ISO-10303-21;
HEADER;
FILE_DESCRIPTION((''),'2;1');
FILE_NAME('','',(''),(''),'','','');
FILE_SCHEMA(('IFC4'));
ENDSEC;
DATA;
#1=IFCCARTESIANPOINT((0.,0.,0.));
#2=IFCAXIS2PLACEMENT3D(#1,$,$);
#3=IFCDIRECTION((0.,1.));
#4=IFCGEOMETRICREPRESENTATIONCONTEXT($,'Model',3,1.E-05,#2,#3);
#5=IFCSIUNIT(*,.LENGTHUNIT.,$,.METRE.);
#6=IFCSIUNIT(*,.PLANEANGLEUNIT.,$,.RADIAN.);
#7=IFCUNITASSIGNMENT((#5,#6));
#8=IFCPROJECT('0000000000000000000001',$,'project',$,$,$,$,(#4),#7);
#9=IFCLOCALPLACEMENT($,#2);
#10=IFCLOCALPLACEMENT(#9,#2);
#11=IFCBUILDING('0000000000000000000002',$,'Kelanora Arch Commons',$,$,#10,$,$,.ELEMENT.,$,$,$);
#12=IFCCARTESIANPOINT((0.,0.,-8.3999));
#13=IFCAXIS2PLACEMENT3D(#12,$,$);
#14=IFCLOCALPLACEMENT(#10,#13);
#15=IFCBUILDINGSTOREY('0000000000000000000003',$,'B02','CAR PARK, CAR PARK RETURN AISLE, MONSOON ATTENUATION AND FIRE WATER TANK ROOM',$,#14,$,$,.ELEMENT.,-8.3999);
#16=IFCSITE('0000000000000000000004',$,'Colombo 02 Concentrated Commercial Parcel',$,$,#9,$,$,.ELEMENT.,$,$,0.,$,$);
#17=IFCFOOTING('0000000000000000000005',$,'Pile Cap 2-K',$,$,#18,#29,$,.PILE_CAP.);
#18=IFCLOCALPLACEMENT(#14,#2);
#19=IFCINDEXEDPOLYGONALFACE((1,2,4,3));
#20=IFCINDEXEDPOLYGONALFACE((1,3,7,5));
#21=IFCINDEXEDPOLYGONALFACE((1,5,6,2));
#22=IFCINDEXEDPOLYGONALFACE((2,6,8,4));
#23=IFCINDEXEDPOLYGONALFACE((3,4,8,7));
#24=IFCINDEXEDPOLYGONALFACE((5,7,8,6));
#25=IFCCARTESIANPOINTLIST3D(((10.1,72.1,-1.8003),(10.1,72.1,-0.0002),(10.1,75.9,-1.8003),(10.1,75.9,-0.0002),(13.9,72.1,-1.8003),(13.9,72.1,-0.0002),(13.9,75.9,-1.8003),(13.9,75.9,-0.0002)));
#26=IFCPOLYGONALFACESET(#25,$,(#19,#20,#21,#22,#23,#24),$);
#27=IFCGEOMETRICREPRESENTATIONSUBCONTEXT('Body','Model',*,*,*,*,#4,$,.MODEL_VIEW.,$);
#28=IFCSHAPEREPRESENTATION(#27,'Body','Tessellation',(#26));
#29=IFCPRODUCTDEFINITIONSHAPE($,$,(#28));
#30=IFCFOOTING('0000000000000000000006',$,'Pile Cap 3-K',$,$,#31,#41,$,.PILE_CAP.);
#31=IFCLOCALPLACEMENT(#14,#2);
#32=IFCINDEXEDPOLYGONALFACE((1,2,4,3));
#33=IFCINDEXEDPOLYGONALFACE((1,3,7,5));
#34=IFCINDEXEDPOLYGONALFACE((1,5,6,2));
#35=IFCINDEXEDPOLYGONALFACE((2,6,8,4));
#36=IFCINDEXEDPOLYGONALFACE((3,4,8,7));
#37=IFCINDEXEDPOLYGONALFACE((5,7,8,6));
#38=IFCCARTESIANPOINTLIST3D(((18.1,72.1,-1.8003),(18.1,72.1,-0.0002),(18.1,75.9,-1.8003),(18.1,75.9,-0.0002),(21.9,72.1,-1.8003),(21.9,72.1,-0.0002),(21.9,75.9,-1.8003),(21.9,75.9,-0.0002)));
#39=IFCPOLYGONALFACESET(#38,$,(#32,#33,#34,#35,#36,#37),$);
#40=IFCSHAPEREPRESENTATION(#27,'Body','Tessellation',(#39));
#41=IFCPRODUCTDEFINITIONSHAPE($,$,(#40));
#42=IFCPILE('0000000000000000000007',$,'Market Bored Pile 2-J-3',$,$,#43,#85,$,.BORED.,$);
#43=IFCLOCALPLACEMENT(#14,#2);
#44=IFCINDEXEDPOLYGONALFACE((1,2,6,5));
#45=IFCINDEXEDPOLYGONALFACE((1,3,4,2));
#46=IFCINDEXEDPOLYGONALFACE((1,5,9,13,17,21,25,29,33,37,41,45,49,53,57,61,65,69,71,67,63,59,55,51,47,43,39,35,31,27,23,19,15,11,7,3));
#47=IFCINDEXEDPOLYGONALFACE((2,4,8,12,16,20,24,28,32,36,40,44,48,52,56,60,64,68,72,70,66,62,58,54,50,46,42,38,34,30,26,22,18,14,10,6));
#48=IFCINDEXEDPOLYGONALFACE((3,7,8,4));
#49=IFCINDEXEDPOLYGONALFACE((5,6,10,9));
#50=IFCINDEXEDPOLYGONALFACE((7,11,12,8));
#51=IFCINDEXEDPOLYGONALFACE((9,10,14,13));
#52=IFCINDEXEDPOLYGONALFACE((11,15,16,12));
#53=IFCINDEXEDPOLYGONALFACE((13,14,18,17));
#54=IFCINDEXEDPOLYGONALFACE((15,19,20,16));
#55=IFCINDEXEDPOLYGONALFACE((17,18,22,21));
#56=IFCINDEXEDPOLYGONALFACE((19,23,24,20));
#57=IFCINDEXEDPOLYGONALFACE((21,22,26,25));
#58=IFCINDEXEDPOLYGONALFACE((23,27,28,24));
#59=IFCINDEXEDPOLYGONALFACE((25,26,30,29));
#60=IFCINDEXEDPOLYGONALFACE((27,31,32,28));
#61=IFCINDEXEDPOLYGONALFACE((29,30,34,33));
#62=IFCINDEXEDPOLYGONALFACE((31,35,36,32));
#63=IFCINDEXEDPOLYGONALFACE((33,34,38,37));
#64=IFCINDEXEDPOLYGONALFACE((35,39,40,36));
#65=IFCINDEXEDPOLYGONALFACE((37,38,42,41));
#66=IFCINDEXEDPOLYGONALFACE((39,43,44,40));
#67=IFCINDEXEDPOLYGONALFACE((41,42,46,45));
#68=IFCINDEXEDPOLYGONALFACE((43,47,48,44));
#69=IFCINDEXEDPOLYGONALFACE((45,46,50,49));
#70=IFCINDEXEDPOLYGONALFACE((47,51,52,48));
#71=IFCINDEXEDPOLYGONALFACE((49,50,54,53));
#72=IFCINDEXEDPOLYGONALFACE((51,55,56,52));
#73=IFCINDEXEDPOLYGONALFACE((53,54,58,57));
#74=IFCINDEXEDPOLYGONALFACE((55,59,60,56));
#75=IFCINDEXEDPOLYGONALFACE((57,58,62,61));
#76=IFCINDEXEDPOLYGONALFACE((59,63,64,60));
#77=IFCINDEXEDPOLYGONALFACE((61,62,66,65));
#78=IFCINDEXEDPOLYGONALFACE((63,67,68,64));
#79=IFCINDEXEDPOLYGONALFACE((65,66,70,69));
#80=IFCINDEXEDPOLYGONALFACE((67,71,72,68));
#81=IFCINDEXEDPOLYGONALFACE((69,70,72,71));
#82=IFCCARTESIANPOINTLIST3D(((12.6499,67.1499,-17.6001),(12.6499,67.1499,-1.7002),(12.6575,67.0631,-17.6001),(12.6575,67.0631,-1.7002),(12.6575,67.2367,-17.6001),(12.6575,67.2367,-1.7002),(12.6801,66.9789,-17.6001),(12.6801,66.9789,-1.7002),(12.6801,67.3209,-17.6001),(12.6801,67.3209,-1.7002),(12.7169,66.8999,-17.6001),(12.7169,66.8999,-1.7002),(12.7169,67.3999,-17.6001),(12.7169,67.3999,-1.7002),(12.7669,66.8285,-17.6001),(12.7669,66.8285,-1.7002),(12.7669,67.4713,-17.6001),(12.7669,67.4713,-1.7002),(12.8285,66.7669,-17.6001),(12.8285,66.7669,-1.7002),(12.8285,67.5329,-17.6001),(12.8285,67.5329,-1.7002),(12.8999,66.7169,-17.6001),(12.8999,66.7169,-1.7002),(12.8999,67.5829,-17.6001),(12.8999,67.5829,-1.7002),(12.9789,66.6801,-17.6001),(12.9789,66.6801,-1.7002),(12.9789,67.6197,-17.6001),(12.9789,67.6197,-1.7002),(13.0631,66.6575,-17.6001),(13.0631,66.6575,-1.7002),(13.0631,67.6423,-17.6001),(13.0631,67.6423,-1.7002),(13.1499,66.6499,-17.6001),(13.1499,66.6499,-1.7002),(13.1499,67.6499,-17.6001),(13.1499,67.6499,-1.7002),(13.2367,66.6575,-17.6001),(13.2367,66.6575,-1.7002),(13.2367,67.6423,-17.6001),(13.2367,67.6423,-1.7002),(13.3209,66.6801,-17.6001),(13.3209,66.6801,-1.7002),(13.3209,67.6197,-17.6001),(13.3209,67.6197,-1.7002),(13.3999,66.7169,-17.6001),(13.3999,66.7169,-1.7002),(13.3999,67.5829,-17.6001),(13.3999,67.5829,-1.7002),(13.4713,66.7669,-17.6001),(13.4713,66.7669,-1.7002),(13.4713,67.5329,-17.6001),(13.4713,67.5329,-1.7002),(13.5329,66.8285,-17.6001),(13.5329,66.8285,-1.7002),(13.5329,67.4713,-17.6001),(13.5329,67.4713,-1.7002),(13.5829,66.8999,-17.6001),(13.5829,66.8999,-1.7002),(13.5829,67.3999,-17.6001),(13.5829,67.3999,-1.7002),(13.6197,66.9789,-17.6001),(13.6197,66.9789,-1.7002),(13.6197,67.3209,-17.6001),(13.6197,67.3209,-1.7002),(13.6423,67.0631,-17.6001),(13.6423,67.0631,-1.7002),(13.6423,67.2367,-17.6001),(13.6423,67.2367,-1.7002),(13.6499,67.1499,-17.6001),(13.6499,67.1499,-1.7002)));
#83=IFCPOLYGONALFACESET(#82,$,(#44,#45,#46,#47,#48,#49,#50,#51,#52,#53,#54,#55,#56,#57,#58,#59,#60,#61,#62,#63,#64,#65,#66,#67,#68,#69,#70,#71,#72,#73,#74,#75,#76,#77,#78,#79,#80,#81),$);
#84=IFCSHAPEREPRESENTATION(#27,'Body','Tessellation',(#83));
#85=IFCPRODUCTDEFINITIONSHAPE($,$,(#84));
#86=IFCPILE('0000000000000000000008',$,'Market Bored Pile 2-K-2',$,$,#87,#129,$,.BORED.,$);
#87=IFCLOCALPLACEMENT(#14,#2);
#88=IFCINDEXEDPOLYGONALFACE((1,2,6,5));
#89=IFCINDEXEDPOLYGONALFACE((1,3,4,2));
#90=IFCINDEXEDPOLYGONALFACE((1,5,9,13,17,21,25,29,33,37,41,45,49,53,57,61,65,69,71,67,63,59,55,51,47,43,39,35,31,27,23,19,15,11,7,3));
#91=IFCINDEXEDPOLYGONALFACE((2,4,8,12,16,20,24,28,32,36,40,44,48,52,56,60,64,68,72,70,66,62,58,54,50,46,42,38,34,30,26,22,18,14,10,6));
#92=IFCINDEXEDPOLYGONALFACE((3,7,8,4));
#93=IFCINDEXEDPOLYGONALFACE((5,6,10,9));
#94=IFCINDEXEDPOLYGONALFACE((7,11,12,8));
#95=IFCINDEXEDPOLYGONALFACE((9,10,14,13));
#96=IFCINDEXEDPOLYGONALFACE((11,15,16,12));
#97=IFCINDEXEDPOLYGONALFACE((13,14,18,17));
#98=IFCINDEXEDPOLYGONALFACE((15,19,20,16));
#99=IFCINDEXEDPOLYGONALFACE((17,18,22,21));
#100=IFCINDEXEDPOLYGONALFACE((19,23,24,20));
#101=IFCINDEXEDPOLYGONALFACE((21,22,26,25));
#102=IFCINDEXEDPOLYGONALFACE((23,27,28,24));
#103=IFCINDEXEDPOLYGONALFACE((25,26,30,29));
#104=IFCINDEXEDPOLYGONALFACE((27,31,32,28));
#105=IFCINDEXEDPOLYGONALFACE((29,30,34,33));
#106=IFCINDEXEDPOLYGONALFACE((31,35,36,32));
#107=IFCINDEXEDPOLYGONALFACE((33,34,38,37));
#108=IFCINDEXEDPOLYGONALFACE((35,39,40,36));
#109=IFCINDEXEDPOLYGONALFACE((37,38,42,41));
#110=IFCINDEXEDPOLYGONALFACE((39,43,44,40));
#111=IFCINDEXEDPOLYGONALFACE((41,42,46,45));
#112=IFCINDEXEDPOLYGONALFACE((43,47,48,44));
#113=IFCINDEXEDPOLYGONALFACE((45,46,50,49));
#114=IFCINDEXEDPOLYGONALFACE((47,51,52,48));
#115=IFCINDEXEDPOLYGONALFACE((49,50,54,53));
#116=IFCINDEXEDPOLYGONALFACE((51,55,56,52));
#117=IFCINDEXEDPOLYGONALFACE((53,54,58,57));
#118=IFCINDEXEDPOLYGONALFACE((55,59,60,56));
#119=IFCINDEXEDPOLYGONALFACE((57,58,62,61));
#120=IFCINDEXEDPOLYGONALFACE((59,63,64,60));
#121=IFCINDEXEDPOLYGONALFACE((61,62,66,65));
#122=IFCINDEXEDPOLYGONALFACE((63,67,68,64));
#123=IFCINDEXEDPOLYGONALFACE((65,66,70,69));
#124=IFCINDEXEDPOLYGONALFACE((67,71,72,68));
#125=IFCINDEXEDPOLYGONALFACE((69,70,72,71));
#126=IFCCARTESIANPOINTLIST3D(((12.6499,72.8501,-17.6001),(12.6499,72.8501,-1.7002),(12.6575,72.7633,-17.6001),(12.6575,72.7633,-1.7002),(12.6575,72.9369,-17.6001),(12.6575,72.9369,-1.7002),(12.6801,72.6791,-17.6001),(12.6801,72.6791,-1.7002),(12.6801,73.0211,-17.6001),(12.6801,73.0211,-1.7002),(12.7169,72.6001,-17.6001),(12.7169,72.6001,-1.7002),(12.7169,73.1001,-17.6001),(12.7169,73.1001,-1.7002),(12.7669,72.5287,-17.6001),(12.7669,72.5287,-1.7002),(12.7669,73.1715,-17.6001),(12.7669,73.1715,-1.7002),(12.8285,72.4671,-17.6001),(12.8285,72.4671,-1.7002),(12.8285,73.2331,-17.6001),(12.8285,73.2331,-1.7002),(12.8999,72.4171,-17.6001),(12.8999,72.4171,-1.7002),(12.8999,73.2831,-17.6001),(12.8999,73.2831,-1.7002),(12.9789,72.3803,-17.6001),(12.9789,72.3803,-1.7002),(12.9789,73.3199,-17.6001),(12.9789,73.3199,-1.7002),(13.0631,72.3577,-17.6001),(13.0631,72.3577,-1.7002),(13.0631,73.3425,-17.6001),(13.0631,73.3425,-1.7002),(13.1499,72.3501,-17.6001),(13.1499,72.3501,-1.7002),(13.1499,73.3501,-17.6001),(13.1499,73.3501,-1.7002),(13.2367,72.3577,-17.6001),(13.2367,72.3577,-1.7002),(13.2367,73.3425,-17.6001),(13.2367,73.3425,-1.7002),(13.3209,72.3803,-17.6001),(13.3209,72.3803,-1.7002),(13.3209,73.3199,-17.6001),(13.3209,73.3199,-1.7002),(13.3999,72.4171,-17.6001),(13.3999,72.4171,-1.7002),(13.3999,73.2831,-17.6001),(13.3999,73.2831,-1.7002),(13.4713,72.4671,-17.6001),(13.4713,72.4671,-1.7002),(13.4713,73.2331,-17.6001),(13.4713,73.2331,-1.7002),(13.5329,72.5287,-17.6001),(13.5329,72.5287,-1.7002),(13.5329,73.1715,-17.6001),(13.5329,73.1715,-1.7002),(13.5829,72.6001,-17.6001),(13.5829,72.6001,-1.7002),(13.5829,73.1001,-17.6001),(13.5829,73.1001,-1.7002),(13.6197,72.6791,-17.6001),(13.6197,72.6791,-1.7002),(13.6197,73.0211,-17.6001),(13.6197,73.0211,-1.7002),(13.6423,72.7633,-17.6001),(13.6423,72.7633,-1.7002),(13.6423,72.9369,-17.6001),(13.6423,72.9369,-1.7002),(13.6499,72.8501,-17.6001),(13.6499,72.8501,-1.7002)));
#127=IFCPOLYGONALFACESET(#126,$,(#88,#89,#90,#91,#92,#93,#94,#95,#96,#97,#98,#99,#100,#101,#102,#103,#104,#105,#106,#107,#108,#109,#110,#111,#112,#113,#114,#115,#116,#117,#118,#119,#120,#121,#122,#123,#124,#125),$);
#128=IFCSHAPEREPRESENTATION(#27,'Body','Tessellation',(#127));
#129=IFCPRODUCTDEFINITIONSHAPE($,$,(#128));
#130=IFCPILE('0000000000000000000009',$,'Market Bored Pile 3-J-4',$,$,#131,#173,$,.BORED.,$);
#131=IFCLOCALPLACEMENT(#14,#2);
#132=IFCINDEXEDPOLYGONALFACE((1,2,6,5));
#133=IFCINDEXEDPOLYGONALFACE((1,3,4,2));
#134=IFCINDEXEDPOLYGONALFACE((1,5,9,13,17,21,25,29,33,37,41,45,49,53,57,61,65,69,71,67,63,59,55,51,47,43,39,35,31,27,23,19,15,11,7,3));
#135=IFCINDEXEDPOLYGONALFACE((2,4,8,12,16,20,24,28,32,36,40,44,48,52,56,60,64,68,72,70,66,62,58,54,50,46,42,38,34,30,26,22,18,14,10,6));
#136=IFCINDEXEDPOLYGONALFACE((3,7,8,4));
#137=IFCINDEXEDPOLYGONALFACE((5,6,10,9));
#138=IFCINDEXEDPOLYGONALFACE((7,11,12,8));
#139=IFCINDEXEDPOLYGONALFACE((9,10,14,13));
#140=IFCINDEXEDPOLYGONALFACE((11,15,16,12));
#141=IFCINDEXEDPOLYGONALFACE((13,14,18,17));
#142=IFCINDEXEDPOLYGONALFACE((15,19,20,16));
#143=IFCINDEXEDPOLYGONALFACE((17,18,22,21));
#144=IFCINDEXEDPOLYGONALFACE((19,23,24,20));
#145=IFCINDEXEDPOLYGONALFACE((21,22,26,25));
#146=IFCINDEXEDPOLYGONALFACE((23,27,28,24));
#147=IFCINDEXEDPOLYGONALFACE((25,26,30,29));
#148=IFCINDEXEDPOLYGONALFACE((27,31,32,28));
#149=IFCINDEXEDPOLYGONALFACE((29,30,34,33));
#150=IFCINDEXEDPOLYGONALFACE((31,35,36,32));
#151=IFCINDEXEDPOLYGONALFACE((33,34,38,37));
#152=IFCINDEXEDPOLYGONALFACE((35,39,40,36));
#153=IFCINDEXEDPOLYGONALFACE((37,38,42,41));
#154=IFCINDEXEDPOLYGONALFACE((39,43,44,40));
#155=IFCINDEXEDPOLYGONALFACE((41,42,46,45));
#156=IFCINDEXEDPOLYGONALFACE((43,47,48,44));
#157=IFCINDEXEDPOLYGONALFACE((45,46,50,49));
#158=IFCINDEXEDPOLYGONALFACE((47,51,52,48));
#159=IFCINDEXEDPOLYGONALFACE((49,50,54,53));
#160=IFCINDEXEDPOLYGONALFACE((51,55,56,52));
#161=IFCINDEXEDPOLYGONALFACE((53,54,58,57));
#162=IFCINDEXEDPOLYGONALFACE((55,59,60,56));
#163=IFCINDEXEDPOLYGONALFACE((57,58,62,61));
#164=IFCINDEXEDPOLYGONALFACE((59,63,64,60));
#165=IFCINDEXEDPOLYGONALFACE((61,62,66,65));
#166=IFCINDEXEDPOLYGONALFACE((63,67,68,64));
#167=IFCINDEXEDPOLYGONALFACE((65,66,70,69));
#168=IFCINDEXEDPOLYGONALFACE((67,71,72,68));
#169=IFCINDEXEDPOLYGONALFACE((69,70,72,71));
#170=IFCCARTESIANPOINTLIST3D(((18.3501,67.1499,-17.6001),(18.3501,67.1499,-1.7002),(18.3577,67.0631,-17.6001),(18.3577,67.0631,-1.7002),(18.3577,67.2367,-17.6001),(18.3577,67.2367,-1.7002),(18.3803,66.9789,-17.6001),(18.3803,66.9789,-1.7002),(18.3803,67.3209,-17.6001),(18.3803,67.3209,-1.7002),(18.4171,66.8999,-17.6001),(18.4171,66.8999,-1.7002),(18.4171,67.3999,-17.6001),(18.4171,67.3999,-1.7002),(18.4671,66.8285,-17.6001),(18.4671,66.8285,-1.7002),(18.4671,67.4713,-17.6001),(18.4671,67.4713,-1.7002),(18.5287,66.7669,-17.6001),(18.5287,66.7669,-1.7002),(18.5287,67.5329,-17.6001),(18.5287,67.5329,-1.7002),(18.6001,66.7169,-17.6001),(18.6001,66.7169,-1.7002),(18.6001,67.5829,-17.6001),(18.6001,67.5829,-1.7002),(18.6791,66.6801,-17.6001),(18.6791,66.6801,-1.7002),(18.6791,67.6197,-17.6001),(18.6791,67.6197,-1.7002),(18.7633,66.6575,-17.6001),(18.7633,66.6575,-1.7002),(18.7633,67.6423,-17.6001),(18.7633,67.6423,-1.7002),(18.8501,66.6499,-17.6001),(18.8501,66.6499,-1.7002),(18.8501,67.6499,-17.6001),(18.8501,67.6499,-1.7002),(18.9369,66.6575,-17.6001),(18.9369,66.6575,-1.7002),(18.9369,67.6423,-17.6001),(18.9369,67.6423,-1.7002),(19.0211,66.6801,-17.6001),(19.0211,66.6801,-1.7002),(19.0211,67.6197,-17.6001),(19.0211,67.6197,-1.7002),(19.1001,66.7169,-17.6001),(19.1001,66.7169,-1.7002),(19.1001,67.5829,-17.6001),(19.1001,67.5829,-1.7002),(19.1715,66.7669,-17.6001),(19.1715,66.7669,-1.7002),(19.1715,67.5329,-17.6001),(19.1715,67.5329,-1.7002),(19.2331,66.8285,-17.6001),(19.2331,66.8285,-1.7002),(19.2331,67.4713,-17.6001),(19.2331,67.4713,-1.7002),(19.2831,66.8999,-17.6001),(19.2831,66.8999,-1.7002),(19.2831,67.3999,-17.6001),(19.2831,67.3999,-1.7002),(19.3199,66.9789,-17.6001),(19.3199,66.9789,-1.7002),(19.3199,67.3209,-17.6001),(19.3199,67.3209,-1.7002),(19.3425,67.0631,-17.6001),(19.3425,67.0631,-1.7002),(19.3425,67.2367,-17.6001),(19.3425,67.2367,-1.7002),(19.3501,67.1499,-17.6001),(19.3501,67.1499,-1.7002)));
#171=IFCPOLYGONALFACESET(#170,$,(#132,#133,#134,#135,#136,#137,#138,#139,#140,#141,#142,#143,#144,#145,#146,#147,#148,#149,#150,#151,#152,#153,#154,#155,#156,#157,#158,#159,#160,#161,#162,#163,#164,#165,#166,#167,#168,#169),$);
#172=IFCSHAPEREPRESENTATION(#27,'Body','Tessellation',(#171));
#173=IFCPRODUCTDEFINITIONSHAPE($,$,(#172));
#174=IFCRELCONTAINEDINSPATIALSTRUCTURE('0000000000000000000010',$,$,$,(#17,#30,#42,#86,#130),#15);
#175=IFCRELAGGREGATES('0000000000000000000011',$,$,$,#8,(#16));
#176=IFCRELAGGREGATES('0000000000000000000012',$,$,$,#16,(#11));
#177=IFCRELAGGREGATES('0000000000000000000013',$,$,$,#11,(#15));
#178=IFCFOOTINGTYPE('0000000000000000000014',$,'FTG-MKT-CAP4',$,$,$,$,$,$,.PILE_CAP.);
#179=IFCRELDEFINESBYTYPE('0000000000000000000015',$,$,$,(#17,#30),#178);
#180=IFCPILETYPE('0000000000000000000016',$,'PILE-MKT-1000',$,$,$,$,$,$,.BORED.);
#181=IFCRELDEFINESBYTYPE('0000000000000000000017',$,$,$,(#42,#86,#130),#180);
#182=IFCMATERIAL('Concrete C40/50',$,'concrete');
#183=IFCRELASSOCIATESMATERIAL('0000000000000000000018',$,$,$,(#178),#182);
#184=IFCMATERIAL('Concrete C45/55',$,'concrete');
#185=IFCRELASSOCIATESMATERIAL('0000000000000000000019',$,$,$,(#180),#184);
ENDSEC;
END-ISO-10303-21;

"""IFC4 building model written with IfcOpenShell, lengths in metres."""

from ifc_helpers import new_model, si_unit, direction, frame, origin, origin_2d, place, context, subcontext, project, spatial, rectangle, circle, extrude, source, transform, mapped, material, material_profile, profile_set, type_object, element, save


model = new_model("IFC4")

# Units and contexts
model_context = context("Model", 3, precision=1e-05, world=origin(), true_north=direction((0.0, 1.0)))
body_context = subcontext(model_context, "Body", "Model", "MODEL_VIEW")
ifc_project = project(units=[si_unit("LENGTHUNIT", "METRE"), si_unit("PLANEANGLEUNIT", "RADIAN")], contexts=[model_context])

# Site, building, storey
site_placement = place(None, origin())
site = spatial("IfcSite", under=ifc_project, at=site_placement, Name="Colombo 02 Concentrated Commercial Parcel", CompositionType="ELEMENT", RefElevation=0.0)
building_placement = place(site_placement, origin())
building = spatial("IfcBuilding", under=site, at=building_placement, Name="Kelanora Arch Commons", CompositionType="ELEMENT")
storey_placement = place(building_placement, frame((0.0, 0.0, -8.3999)))
storey = spatial("IfcBuildingStorey", under=building, at=storey_placement, Name="B02", Description="CAR PARK, CAR PARK RETURN AISLE, MONSOON ATTENUATION AND FIRE WATER TANK ROOM", CompositionType="ELEMENT", Elevation=-8.3999)

# Footings
ifc_material_1 = material(Name="Concrete C40/50", Category="concrete")
footing_type_1 = type_object("IfcFootingType", Name="FTG-MKT-CAP4", PredefinedType="PILE_CAP", material=ifc_material_1)
shared_shape_1 = source(origin(), body_context, "Body", "SweptSolid", [
    extrude(rectangle(XDim=3.8, YDim=3.8, at=origin_2d()), origin(), (0.0, 0.0, 1.0), 1.8),
])
for number, where, z_axis, x_axis, name in (
    (1, (12.0, 74.0, -1.8003), (0.0, 0.0, 1.0), (1.0, 0.0, 0.0), "Pile Cap 2-K"),
    (2, (20.0, 74.0, -1.8003), (0.0, 0.0, 1.0), (1.0, 0.0, 0.0), "Pile Cap 3-K"),
):
    element("IfcFooting", number, at=place(storey_placement, frame(where, z_axis=z_axis, x_axis=x_axis)), inside=storey, type_object=footing_type_1, Name=name, PredefinedType="PILE_CAP", context=body_context, shape_type="MappedRepresentation", body=[
        mapped(shared_shape_1, transform((0.0, 0.0, 0.0), scale=1.0)),
    ])

# Piles
ifc_material_2 = material(Name="Concrete C45/55", Category="concrete")
ifc_material_profile_1 = material_profile(ifc_material_2, circle(Radius=0.5, at=origin_2d()), Name="PILE1000")
ifc_profile_set_1 = profile_set([ifc_material_profile_1], Name="Concrete C45/55")
pile_type = type_object("IfcPileType", Name="PILE-MKT-1000", PredefinedType="BORED", material=ifc_profile_set_1)
shared_shape_2 = source(origin(), body_context, "Body", "SweptSolid", [
    extrude(circle(Radius=0.5, at=origin_2d()), origin(), (0.0, 0.0, 1.0), 15.8999),
])
for number, where, z_axis, x_axis, name in (
    (3, (13.1499, 67.1499, -1.7002), (0.0, 0.0, -1.0), (1.0, 0.0, 0.0), "Market Bored Pile 2-J-3"),
    (4, (13.1499, 72.8501, -1.7002), (0.0, 0.0, -1.0), (1.0, 0.0, 0.0), "Market Bored Pile 2-K-2"),
    (5, (18.8501, 67.1499, -1.7002), (0.0, 0.0, -1.0), (1.0, 0.0, 0.0), "Market Bored Pile 3-J-4"),
):
    element("IfcPile", number, at=place(storey_placement, frame(where, z_axis=z_axis, x_axis=x_axis)), inside=storey, type_object=pile_type, Name=name, PredefinedType="BORED", context=body_context, shape_type="MappedRepresentation", body=[
        mapped(shared_shape_2, transform((0.0, 0.0, 0.0), scale=1.0)),
    ])

save(model, "model.ifc")
